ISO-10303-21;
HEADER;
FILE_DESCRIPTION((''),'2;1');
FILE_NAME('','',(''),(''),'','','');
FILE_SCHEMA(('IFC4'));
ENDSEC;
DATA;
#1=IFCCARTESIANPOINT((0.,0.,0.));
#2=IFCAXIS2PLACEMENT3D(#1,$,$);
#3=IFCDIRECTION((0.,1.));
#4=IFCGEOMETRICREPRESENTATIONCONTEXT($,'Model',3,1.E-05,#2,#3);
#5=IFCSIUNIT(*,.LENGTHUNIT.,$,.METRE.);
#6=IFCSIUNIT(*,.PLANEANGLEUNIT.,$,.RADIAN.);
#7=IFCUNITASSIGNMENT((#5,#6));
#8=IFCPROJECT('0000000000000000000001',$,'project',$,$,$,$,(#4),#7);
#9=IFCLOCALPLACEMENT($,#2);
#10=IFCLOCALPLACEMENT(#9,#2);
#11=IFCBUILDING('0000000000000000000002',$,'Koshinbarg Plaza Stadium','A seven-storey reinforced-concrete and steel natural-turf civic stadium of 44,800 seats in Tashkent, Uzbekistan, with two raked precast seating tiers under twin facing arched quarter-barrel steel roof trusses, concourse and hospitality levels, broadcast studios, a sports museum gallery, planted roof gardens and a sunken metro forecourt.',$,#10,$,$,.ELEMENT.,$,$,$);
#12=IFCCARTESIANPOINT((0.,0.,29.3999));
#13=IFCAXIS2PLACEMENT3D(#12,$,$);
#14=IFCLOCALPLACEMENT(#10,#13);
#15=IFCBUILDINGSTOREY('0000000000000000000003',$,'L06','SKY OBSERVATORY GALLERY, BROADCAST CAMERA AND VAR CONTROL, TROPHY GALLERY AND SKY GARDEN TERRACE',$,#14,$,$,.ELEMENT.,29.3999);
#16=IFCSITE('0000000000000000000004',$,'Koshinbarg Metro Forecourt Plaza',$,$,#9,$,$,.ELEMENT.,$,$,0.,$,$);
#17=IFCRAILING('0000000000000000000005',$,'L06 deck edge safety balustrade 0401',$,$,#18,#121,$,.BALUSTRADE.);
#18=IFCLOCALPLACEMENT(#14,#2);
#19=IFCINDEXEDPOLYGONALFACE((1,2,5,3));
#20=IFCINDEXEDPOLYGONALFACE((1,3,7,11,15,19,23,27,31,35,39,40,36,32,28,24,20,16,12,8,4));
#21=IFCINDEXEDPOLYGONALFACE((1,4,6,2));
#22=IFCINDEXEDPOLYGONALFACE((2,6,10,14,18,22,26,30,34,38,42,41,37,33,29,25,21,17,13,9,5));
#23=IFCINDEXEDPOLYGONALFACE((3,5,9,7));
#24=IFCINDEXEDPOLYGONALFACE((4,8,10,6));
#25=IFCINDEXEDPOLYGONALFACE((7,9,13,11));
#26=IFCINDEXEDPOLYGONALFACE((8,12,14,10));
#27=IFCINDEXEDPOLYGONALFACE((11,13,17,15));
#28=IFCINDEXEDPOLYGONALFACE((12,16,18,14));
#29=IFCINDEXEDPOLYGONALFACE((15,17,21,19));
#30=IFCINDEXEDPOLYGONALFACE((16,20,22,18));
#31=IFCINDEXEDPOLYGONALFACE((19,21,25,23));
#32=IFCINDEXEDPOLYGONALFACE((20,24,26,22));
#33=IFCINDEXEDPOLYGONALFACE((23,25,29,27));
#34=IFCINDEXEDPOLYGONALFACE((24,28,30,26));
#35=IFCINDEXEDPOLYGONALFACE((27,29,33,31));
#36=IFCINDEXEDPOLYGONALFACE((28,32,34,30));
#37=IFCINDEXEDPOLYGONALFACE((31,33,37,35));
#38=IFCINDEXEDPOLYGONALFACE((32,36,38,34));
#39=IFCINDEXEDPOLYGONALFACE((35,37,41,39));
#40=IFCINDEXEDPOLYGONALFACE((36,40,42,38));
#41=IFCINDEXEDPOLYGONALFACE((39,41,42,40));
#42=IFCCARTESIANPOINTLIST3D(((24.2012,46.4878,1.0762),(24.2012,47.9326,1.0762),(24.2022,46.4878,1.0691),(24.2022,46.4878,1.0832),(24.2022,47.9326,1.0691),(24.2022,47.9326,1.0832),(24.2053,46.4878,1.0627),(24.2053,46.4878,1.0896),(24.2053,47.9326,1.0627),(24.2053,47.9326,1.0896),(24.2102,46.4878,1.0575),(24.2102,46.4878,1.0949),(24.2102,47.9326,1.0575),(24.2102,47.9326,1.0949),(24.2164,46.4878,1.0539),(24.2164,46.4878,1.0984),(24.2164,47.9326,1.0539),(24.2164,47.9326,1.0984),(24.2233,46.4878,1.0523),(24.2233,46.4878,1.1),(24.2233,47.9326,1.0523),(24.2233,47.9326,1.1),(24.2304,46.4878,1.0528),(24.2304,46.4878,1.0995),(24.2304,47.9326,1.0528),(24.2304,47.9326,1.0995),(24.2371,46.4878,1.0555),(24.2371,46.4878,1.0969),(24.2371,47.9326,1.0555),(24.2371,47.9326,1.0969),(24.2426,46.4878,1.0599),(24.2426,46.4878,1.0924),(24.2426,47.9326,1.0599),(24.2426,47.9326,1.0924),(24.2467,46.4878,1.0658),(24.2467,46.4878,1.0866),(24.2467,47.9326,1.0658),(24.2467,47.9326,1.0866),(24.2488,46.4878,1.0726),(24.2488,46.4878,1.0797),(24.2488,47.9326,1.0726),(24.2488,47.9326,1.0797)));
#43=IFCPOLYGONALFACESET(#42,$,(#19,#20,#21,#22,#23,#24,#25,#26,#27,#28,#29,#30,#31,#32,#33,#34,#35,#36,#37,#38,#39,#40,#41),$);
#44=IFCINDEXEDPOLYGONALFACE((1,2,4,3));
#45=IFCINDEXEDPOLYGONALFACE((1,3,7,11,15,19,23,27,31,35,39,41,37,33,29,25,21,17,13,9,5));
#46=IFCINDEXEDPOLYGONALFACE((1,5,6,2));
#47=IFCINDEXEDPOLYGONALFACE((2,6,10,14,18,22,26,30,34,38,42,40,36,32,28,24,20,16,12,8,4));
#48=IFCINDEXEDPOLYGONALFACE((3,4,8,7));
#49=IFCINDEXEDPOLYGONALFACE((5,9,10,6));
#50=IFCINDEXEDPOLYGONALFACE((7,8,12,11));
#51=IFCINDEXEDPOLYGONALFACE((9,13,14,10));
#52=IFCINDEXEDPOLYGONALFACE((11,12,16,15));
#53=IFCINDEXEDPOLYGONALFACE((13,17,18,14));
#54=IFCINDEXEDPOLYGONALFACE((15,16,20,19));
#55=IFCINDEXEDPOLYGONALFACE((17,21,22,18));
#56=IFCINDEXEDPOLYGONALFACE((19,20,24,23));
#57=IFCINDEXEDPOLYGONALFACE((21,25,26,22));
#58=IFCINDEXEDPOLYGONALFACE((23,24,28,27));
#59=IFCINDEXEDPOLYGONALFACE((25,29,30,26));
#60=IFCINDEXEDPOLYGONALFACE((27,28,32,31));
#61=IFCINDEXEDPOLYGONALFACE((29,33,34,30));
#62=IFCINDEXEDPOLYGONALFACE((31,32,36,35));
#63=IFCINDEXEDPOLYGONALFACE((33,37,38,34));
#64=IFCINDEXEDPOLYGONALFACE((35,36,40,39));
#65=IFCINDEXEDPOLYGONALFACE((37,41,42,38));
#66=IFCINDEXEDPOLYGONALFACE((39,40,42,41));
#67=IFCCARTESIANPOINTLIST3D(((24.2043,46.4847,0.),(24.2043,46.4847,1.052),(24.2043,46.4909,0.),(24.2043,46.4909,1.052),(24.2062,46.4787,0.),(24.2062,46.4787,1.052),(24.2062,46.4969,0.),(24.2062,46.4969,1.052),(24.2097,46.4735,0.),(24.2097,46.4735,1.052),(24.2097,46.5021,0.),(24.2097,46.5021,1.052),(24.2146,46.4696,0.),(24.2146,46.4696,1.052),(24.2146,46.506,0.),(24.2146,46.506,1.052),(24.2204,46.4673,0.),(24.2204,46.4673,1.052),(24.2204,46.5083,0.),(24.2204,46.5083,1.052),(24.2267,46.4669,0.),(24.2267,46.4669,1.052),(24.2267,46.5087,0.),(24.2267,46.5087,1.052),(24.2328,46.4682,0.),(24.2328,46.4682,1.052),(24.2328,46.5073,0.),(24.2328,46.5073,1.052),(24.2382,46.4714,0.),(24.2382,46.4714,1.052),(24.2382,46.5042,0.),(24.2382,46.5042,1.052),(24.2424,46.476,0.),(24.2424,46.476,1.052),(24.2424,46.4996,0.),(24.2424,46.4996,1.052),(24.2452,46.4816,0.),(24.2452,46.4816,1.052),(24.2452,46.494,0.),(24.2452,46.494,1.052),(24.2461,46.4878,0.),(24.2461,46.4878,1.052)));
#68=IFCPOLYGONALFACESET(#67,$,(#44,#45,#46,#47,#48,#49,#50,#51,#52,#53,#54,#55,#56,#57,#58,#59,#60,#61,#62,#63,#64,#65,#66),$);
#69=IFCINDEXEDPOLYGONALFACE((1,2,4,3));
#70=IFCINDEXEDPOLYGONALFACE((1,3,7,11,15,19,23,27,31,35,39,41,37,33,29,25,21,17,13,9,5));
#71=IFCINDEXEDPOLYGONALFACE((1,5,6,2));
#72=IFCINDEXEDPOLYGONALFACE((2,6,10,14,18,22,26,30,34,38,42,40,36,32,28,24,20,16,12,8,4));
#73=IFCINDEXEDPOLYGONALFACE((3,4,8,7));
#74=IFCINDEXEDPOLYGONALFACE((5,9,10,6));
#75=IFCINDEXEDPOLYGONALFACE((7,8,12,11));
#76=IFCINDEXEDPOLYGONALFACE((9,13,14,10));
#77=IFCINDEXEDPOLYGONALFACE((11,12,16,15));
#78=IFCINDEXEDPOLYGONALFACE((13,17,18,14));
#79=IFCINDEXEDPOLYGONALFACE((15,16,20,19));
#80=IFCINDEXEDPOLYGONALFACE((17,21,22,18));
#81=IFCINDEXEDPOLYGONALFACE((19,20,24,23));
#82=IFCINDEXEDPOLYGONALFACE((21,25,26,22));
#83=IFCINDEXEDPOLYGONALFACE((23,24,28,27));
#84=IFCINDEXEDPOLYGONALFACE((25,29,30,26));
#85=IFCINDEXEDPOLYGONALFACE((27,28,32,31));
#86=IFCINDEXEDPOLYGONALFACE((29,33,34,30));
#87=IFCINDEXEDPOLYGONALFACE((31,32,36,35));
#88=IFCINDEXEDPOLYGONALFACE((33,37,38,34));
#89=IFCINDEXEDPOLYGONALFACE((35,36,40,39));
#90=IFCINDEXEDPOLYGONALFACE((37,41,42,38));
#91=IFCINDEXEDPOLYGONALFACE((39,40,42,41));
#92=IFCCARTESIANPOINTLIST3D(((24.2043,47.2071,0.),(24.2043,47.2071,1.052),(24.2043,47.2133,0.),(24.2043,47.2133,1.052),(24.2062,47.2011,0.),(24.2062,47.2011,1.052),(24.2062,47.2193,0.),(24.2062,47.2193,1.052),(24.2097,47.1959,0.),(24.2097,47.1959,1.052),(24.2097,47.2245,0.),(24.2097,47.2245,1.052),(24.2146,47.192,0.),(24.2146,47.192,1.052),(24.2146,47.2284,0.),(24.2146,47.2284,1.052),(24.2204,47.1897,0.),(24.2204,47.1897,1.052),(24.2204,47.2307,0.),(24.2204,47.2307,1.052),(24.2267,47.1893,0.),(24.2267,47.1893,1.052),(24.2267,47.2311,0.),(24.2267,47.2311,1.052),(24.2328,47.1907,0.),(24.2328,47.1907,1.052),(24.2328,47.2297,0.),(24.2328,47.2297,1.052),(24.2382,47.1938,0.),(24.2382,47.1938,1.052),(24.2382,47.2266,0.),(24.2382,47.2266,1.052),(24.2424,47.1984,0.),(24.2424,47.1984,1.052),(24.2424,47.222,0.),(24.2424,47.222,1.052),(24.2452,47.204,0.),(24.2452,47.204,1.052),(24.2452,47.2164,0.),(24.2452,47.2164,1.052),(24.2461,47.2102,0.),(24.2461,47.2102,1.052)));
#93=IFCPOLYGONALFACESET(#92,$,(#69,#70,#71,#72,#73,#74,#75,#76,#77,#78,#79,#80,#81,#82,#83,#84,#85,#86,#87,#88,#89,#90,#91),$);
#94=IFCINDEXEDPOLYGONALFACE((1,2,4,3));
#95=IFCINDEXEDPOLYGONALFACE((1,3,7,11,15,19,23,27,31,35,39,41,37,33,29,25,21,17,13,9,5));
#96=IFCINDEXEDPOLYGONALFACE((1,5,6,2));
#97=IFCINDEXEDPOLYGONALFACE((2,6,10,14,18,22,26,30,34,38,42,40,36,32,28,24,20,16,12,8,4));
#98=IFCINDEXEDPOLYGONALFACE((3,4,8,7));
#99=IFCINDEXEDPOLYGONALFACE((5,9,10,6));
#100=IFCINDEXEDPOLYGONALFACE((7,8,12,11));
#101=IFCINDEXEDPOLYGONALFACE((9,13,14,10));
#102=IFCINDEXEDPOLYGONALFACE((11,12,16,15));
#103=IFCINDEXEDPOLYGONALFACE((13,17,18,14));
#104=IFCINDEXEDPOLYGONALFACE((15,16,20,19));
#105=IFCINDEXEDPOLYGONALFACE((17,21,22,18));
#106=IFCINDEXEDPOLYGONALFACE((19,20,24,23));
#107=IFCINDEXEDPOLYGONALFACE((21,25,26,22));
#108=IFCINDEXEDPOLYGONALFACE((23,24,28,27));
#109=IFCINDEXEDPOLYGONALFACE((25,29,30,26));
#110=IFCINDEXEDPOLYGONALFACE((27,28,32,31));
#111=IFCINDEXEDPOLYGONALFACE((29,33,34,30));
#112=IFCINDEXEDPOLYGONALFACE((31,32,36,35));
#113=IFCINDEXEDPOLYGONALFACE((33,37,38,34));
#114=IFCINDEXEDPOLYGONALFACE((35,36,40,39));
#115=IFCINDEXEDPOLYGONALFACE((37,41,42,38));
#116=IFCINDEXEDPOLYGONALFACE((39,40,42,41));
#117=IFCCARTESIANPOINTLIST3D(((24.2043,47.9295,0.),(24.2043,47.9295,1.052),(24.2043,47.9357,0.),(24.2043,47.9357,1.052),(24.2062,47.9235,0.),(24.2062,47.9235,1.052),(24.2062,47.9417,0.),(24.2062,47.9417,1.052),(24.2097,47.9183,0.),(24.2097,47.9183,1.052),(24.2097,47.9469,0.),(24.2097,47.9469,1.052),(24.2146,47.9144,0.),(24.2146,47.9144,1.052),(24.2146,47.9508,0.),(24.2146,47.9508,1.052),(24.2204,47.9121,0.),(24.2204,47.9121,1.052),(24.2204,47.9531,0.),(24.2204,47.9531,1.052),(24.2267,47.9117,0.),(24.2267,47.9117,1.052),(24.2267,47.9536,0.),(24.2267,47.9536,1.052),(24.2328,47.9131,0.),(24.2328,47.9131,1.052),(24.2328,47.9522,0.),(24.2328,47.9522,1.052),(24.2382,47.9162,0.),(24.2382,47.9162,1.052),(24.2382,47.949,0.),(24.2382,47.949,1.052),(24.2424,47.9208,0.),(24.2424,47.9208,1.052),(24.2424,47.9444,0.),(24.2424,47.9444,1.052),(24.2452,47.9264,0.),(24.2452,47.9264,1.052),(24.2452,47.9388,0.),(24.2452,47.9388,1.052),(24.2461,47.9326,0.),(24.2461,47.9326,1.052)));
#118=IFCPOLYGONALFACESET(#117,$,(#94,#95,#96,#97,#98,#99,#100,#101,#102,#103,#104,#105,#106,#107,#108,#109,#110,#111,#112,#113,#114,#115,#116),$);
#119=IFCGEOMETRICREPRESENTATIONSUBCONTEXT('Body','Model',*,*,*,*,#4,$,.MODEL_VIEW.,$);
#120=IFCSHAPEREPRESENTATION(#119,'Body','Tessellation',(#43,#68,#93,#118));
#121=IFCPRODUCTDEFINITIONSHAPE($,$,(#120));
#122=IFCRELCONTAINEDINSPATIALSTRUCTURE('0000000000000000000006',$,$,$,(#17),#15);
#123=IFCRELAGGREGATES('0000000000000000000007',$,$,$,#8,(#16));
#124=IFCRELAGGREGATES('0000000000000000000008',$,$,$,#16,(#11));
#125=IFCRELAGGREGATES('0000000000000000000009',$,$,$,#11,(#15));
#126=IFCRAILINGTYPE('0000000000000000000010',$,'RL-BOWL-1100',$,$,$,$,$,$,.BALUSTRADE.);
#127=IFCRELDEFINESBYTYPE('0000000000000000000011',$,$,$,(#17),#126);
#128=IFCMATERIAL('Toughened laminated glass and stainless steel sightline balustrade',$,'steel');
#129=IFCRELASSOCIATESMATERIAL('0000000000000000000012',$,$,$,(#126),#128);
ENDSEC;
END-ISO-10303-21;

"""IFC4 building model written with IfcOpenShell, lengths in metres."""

from ifc_helpers import new_model, si_unit, direction, frame, origin, origin_2d, place, context, subcontext, project, spatial, circle, extrude, material, type_object, element, save


model = new_model("IFC4")

# Units and contexts
model_context = context("Model", 3, precision=1e-05, world=origin(), true_north=direction((0.0, 1.0)))
body_context = subcontext(model_context, "Body", "Model", "MODEL_VIEW")
ifc_project = project(units=[si_unit("LENGTHUNIT", "METRE"), si_unit("PLANEANGLEUNIT", "RADIAN")], contexts=[model_context])

# Site, building, storey
site_placement = place(None, origin())
site = spatial("IfcSite", under=ifc_project, at=site_placement, Name="Koshinbarg Metro Forecourt Plaza", CompositionType="ELEMENT", RefElevation=0.0)
building_placement = place(site_placement, origin())
building = spatial("IfcBuilding", under=site, at=building_placement, Name="Koshinbarg Plaza Stadium", Description="A seven-storey reinforced-concrete and steel natural-turf civic stadium of 44,800 seats in Tashkent, Uzbekistan, with two raked precast seating tiers under twin facing arched quarter-barrel steel roof trusses, concourse and hospitality levels, broadcast studios, a sports museum gallery, planted roof gardens and a sunken metro forecourt.", CompositionType="ELEMENT")
storey_placement = place(building_placement, frame((0.0, 0.0, 29.3999)))
storey = spatial("IfcBuildingStorey", under=building, at=storey_placement, Name="L06", Description="SKY OBSERVATORY GALLERY, BROADCAST CAMERA AND VAR CONTROL, TROPHY GALLERY AND SKY GARDEN TERRACE", CompositionType="ELEMENT", Elevation=29.3999)

# Railing
ifc_material_1 = material(Name="Toughened laminated glass and stainless steel sightline balustrade", Category="steel")
railing_type_1 = type_object("IfcRailingType", Name="RL-BOWL-1100", PredefinedType="BALUSTRADE", material=ifc_material_1)
railing_1_placement = place(storey_placement, frame((24.2251, 46.4878, 0.0)))
element("IfcRailing", 1, at=railing_1_placement, inside=storey, type_object=railing_type_1, Name="L06 deck edge safety balustrade 0401", PredefinedType="BALUSTRADE", context=body_context, shape_type="SweptSolid", body=[
    extrude(circle(Radius=0.0239, at=origin_2d()), frame((0.0, 0.0, 1.0762), z_axis=(0.0, 1.0, 0.0), x_axis=(-1.0, 0.0, 0.0)), (0.0, 0.0, 1.0), 1.4448),
    extrude(circle(Radius=0.021, at=origin_2d()), origin(), (0.0, 0.0, 1.0), 1.052),
    extrude(circle(Radius=0.021, at=origin_2d()), frame((0.0, 0.7224, 0.0)), (0.0, 0.0, 1.0), 1.052),
    extrude(circle(Radius=0.021, at=origin_2d()), frame((0.0, 1.4448, 0.0)), (0.0, 0.0, 1.0), 1.052),
])

save(model, "model.ifc")
